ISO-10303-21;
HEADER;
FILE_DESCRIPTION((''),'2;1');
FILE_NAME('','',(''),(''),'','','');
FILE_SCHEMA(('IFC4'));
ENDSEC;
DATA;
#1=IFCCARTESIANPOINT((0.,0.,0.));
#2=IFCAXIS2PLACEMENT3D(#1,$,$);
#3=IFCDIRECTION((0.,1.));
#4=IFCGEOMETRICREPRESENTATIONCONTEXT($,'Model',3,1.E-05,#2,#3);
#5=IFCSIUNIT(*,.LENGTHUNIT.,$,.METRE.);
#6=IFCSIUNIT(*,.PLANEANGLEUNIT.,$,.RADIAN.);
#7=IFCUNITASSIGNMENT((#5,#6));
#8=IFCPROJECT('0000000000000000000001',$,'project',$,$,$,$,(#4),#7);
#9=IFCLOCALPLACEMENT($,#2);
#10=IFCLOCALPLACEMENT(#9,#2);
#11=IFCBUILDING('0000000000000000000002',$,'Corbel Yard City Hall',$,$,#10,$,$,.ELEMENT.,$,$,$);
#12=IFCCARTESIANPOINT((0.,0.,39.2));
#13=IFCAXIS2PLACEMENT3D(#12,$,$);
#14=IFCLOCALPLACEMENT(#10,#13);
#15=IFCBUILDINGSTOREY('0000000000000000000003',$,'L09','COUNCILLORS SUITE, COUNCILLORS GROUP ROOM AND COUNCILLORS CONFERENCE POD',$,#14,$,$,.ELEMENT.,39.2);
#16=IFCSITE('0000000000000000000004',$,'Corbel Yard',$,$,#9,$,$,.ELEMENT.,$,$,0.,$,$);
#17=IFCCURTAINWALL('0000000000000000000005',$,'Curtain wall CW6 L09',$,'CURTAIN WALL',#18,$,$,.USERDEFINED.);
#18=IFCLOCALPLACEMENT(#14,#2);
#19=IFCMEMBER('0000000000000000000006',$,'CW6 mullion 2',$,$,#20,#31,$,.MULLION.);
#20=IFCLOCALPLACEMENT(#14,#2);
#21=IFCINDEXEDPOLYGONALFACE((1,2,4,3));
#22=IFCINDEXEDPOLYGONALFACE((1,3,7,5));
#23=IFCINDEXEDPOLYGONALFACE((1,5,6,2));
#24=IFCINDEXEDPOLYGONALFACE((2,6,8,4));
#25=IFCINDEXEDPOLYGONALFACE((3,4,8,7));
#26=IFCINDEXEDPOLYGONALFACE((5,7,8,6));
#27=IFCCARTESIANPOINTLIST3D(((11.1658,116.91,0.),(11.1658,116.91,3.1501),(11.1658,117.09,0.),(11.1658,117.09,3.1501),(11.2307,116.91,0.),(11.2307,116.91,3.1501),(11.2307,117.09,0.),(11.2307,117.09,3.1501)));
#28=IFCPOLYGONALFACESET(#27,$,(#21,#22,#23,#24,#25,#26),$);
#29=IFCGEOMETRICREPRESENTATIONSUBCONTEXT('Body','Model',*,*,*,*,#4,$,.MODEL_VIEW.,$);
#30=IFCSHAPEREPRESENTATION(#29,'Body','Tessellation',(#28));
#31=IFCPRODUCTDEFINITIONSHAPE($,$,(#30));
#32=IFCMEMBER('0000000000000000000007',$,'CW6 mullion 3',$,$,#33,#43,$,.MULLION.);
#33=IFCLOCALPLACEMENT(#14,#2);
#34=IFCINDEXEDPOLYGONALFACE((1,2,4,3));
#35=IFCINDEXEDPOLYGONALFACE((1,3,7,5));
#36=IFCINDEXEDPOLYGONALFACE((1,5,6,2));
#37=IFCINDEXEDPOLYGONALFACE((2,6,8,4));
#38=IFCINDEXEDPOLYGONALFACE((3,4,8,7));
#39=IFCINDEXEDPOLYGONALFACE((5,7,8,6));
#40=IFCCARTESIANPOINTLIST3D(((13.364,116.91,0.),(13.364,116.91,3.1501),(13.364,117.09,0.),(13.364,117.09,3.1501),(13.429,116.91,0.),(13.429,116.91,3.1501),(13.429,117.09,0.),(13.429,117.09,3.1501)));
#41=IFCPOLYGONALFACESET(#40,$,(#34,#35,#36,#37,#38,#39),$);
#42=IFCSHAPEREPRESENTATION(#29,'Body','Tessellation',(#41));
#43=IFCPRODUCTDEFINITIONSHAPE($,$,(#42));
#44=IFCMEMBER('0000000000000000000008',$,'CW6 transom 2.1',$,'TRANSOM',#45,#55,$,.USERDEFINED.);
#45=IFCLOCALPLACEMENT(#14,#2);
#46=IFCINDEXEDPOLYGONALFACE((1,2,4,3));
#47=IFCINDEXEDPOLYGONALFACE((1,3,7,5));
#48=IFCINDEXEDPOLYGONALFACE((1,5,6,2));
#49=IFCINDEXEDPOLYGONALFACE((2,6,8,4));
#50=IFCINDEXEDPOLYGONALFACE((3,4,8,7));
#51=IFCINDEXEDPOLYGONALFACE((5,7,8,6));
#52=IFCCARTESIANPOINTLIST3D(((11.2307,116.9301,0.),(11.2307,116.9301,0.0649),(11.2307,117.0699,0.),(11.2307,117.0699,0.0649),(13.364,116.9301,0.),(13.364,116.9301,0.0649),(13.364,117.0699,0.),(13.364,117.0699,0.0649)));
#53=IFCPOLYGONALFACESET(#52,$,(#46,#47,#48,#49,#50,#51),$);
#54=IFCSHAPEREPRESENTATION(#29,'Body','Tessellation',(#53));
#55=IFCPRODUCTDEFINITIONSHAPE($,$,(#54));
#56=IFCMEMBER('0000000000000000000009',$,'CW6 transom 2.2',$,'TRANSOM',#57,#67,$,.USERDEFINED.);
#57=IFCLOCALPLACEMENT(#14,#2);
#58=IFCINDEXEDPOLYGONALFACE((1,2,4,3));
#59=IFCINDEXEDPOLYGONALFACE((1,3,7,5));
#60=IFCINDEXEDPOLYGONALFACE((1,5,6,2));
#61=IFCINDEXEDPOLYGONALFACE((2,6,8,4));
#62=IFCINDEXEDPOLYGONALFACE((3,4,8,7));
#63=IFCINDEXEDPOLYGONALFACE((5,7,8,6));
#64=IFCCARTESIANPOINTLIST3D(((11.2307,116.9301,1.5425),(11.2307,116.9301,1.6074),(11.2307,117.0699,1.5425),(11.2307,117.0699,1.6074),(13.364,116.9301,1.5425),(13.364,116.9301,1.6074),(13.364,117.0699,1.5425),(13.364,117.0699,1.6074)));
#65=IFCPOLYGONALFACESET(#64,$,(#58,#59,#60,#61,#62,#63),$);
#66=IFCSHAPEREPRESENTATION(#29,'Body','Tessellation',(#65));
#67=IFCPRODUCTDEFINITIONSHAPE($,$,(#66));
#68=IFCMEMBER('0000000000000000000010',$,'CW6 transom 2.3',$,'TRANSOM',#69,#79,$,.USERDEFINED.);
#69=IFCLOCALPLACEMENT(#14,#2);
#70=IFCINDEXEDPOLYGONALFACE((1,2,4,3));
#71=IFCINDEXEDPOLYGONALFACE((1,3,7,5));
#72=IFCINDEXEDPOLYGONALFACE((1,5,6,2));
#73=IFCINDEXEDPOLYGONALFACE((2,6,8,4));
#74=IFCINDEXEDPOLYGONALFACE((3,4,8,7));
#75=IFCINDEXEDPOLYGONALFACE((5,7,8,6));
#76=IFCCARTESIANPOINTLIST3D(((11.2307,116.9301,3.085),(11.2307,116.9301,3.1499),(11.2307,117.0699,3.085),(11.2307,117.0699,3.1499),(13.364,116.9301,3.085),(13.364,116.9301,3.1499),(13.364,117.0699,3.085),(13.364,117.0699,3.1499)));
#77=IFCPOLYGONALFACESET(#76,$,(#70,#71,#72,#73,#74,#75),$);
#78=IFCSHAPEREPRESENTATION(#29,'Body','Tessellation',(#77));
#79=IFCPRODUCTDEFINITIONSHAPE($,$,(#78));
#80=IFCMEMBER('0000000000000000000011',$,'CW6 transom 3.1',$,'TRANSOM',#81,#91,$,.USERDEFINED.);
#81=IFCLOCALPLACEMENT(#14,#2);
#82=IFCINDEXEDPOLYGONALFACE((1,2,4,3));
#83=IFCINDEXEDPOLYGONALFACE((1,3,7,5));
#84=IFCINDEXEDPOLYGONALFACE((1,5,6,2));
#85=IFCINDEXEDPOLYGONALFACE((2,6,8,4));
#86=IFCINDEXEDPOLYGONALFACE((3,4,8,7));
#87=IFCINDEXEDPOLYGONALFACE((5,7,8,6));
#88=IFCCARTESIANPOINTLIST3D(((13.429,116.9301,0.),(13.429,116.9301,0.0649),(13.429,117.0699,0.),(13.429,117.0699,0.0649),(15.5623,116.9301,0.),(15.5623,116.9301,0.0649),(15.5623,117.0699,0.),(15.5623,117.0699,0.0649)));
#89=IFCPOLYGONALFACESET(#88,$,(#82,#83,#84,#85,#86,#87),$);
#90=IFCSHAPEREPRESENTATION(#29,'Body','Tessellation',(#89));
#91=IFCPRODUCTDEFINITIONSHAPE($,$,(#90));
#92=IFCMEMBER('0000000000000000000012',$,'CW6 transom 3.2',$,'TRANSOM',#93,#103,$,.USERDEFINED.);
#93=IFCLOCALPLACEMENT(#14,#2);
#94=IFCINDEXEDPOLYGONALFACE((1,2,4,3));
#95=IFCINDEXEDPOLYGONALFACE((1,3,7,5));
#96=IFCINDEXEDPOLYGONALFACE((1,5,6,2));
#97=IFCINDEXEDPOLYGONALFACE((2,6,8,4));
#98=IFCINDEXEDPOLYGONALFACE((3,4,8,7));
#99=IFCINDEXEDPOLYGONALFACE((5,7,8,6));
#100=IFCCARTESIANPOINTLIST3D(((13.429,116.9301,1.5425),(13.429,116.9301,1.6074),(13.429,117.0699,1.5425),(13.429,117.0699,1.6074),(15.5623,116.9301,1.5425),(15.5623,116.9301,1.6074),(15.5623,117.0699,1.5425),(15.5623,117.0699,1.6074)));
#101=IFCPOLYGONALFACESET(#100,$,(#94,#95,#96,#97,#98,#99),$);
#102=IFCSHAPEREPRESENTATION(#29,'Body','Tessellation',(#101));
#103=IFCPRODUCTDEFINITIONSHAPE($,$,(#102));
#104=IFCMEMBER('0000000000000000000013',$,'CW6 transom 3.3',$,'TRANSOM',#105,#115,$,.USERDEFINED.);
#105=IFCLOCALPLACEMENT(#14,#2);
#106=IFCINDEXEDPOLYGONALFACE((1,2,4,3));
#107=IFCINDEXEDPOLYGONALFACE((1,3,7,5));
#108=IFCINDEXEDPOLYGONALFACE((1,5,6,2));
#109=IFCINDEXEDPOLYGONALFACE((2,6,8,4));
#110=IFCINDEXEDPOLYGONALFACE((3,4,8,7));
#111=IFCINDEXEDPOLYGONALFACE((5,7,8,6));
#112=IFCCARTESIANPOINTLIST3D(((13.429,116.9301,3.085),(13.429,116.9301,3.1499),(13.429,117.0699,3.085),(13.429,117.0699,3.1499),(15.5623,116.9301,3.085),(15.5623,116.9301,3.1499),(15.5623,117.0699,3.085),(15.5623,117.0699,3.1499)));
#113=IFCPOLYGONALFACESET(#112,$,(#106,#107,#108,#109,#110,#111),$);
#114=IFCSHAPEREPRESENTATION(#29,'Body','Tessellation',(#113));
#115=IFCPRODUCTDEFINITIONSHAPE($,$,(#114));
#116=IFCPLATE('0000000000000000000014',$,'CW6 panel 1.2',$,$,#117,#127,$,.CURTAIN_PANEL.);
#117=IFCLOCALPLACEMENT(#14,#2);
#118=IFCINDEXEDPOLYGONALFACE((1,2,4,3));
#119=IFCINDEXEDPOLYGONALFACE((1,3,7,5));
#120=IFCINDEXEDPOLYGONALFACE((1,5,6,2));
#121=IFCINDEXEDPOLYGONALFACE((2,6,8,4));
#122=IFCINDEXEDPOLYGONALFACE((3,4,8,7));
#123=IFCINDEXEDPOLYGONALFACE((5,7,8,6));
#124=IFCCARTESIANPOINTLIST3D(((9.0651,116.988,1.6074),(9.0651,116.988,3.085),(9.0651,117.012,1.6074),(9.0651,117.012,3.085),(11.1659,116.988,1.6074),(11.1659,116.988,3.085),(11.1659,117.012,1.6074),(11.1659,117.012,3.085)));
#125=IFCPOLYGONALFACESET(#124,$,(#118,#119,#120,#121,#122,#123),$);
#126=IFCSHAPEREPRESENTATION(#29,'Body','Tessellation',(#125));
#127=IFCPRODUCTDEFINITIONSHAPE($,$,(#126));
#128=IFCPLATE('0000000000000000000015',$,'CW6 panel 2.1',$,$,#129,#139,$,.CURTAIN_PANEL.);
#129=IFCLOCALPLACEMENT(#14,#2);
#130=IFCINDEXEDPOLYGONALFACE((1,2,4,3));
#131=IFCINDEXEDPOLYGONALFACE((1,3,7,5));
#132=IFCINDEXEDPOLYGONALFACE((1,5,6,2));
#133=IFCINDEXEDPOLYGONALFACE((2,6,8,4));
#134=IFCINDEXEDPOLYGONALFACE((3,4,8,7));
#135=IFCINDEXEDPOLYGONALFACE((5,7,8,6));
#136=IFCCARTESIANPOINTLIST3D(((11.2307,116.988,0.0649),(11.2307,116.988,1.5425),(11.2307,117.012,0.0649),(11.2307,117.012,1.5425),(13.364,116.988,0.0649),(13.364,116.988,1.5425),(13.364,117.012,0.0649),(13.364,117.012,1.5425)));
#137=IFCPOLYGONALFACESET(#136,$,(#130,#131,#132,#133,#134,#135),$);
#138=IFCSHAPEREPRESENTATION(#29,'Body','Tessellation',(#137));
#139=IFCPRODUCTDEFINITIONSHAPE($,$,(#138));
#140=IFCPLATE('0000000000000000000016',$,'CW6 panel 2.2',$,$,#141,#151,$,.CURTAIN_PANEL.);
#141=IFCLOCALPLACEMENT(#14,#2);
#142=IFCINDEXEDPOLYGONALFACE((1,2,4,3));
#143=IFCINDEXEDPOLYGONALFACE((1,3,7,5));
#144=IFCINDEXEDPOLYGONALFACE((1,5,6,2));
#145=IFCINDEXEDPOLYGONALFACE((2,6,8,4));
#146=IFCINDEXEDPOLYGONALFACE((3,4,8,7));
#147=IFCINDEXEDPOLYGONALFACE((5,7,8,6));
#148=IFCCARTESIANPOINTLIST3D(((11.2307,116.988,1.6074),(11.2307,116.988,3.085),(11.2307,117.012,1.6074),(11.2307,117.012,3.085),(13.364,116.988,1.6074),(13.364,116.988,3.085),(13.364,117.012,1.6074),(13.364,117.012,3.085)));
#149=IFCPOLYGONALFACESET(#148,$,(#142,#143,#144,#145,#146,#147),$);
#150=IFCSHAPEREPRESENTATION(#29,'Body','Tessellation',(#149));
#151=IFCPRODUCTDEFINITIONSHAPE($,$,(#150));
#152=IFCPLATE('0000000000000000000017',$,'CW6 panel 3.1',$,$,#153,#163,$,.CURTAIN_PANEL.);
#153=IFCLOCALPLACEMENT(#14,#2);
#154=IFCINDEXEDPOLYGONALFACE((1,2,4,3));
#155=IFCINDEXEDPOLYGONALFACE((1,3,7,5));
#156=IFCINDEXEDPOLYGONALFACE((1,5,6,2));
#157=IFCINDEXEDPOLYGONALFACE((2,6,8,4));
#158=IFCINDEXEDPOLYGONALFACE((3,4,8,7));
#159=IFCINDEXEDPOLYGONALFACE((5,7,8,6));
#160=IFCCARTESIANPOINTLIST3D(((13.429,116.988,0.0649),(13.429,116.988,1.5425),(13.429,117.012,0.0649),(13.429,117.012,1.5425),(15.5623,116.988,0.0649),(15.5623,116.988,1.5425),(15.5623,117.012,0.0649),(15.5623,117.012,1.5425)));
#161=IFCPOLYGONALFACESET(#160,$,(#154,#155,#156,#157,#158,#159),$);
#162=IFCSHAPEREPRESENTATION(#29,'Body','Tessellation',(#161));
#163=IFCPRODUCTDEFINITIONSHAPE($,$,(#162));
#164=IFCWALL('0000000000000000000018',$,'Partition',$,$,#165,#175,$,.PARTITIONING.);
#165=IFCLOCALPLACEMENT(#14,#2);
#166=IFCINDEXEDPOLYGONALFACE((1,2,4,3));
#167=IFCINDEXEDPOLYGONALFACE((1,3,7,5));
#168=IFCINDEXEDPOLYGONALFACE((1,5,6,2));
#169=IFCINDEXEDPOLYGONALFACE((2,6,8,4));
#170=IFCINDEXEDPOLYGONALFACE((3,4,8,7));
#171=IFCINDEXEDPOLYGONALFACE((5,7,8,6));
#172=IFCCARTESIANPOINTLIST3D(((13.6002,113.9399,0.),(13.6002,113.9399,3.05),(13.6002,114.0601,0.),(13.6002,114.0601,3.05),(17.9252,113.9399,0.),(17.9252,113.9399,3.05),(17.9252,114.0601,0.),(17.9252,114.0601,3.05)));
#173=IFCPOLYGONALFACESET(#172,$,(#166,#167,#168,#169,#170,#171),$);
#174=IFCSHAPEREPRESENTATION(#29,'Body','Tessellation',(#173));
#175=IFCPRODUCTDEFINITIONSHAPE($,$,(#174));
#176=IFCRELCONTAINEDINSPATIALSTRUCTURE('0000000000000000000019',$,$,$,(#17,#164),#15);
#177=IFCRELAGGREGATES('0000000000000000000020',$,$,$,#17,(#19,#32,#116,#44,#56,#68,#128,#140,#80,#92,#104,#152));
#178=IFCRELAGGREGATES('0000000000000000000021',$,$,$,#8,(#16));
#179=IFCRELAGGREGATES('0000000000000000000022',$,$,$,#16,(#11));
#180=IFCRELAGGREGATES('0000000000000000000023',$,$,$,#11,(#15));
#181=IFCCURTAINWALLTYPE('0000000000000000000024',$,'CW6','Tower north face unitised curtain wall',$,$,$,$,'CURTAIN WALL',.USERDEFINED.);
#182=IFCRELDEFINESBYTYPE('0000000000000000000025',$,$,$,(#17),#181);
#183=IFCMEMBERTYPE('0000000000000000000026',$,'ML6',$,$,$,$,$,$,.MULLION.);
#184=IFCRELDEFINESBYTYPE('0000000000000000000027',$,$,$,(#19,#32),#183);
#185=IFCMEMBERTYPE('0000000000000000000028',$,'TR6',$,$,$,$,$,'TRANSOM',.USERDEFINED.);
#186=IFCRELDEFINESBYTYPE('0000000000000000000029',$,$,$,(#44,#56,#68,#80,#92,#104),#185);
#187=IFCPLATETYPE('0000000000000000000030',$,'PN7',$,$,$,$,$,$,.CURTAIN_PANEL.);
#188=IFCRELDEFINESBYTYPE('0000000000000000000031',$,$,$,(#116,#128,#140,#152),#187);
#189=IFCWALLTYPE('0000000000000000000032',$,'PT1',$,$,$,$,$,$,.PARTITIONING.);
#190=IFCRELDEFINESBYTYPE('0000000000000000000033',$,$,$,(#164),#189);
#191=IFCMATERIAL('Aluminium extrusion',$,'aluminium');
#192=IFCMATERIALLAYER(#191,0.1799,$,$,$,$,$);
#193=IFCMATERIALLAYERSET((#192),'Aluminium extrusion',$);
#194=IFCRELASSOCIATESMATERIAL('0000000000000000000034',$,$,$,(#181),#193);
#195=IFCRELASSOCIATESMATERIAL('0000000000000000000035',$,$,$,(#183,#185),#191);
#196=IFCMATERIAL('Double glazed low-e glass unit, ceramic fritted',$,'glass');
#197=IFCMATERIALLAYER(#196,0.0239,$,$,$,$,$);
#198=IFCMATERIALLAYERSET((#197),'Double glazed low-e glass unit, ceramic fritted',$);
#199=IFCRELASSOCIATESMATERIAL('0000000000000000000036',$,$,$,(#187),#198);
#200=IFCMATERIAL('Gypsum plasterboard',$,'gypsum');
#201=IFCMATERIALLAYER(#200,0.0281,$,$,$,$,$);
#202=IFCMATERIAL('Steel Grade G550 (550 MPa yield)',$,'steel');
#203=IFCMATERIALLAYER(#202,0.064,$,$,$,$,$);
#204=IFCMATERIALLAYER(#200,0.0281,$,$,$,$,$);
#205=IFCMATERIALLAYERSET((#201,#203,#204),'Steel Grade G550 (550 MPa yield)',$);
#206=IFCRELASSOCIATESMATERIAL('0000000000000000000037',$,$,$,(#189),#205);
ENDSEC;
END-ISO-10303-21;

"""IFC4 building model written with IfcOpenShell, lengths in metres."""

from ifc_helpers import new_model, si_unit, direction, frame, frame_2d, origin, origin_2d, place, context, subcontext, project, spatial, rectangle, extrude, material, layer, layer_set, material_profile, profile_set, type_object, element, aggregate, save


model = new_model("IFC4")

# Units and contexts
model_context = context("Model", 3, precision=1e-05, world=origin(), true_north=direction((0.0, 1.0)))
body_context = subcontext(model_context, "Body", "Model", "MODEL_VIEW")
ifc_project = project(units=[si_unit("LENGTHUNIT", "METRE"), si_unit("PLANEANGLEUNIT", "RADIAN")], contexts=[model_context])

# Site, building, storey
site_placement = place(None, origin())
site = spatial("IfcSite", under=ifc_project, at=site_placement, Name="Corbel Yard", CompositionType="ELEMENT", RefElevation=0.0)
building_placement = place(site_placement, origin())
building = spatial("IfcBuilding", under=site, at=building_placement, Name="Corbel Yard City Hall", CompositionType="ELEMENT")
storey_placement = place(building_placement, frame((0.0, 0.0, 39.2)))
storey = spatial("IfcBuildingStorey", under=building, at=storey_placement, Name="L09", Description="COUNCILLORS SUITE, COUNCILLORS GROUP ROOM AND COUNCILLORS CONFERENCE POD", CompositionType="ELEMENT", Elevation=39.2)

# Curtain wall, members, plates
ifc_material_1 = material(Name="Aluminium extrusion", Category="aluminium")
ifc_layer_1 = layer(ifc_material_1, 0.1799)
ifc_layer_set_1 = layer_set([ifc_layer_1], Name="Aluminium extrusion")
curtain_wall_type = type_object("IfcCurtainWallType", Name="CW6", Description="Tower north face unitised curtain wall", ElementType="CURTAIN WALL", PredefinedType="USERDEFINED", material=ifc_layer_set_1)
curtain_wall_placement = place(storey_placement, origin())
curtain_wall = element("IfcCurtainWall", 1, at=curtain_wall_placement, inside=storey, type_object=curtain_wall_type, Name="Curtain wall CW6 L09", ObjectType="CURTAIN WALL", PredefinedType="USERDEFINED")
ifc_material_profile_1 = material_profile(ifc_material_1, rectangle(XDim=0.1799, YDim=0.0649, at=origin_2d()), Name="180x65")
ifc_profile_set_1 = profile_set([ifc_material_profile_1], Name="Aluminium extrusion")
member_type_1 = type_object("IfcMemberType", Name="ML6", PredefinedType="MULLION", material=ifc_profile_set_1)
member_1_placement = place(storey_placement, frame((11.1982, 117.0, 0.0), z_axis=(0.0, 0.0, 1.0), x_axis=(0.0, 1.0, 0.0)))
member_1 = element("IfcMember", 2, at=member_1_placement, type_object=member_type_1, Name="CW6 mullion 2", PredefinedType="MULLION", context=body_context, shape_type="SweptSolid", body=[
    extrude(rectangle(XDim=0.1799, YDim=0.0649, at=origin_2d()), origin(), (0.0, 0.0, 1.0), 3.1501),
])
member_2_placement = place(storey_placement, frame((13.3965, 117.0, 0.0), z_axis=(0.0, 0.0, 1.0), x_axis=(0.0, 1.0, 0.0)))
member_2 = element("IfcMember", 3, at=member_2_placement, type_object=member_type_1, Name="CW6 mullion 3", PredefinedType="MULLION", context=body_context, shape_type="SweptSolid", body=[
    extrude(rectangle(XDim=0.1799, YDim=0.0649, at=origin_2d()), origin(), (0.0, 0.0, 1.0), 3.1501),
])
ifc_material_profile_2 = material_profile(ifc_material_1, rectangle(XDim=0.1399, YDim=0.0649, at=origin_2d()), Name="140x65")
ifc_profile_set_2 = profile_set([ifc_material_profile_2], Name="Aluminium extrusion")
member_type_2 = type_object("IfcMemberType", Name="TR6", ElementType="TRANSOM", PredefinedType="USERDEFINED", material=ifc_profile_set_2)
member_3_placement = place(storey_placement, frame((11.2307, 117.0, 0.0325), z_axis=(1.0, 0.0, 0.0), x_axis=(0.0, 1.0, 0.0)))
member_3 = element("IfcMember", 4, at=member_3_placement, type_object=member_type_2, Name="CW6 transom 2.1", ObjectType="TRANSOM", PredefinedType="USERDEFINED", context=body_context, shape_type="SweptSolid", body=[
    extrude(rectangle(XDim=0.1399, YDim=0.0649, at=origin_2d()), origin(), (0.0, 0.0, 1.0), 2.1333),
])
member_4_placement = place(storey_placement, frame((11.2307, 117.0, 1.575), z_axis=(1.0, 0.0, 0.0), x_axis=(0.0, 1.0, 0.0)))
member_4 = element("IfcMember", 5, at=member_4_placement, type_object=member_type_2, Name="CW6 transom 2.2", ObjectType="TRANSOM", PredefinedType="USERDEFINED", context=body_context, shape_type="SweptSolid", body=[
    extrude(rectangle(XDim=0.1399, YDim=0.0649, at=origin_2d()), origin(), (0.0, 0.0, 1.0), 2.1333),
])
member_5_placement = place(storey_placement, frame((11.2307, 117.0, 3.1174), z_axis=(1.0, 0.0, 0.0), x_axis=(0.0, 1.0, 0.0)))
member_5 = element("IfcMember", 6, at=member_5_placement, type_object=member_type_2, Name="CW6 transom 2.3", ObjectType="TRANSOM", PredefinedType="USERDEFINED", context=body_context, shape_type="SweptSolid", body=[
    extrude(rectangle(XDim=0.1399, YDim=0.0649, at=origin_2d()), origin(), (0.0, 0.0, 1.0), 2.1333),
])
member_6_placement = place(storey_placement, frame((13.429, 117.0, 0.0325), z_axis=(1.0, 0.0, 0.0), x_axis=(0.0, 1.0, 0.0)))
member_6 = element("IfcMember", 7, at=member_6_placement, type_object=member_type_2, Name="CW6 transom 3.1", ObjectType="TRANSOM", PredefinedType="USERDEFINED", context=body_context, shape_type="SweptSolid", body=[
    extrude(rectangle(XDim=0.1399, YDim=0.0649, at=origin_2d()), origin(), (0.0, 0.0, 1.0), 2.1333),
])
member_7_placement = place(storey_placement, frame((13.429, 117.0, 1.575), z_axis=(1.0, 0.0, 0.0), x_axis=(0.0, 1.0, 0.0)))
member_7 = element("IfcMember", 8, at=member_7_placement, type_object=member_type_2, Name="CW6 transom 3.2", ObjectType="TRANSOM", PredefinedType="USERDEFINED", context=body_context, shape_type="SweptSolid", body=[
    extrude(rectangle(XDim=0.1399, YDim=0.0649, at=origin_2d()), origin(), (0.0, 0.0, 1.0), 2.1333),
])
member_8_placement = place(storey_placement, frame((13.429, 117.0, 3.1174), z_axis=(1.0, 0.0, 0.0), x_axis=(0.0, 1.0, 0.0)))
member_8 = element("IfcMember", 9, at=member_8_placement, type_object=member_type_2, Name="CW6 transom 3.3", ObjectType="TRANSOM", PredefinedType="USERDEFINED", context=body_context, shape_type="SweptSolid", body=[
    extrude(rectangle(XDim=0.1399, YDim=0.0649, at=origin_2d()), origin(), (0.0, 0.0, 1.0), 2.1333),
])
ifc_material_2 = material(Name="Double glazed low-e glass unit, ceramic fritted", Category="glass")
ifc_layer_2 = layer(ifc_material_2, 0.0239)
ifc_layer_set_2 = layer_set([ifc_layer_2], Name="Double glazed low-e glass unit, ceramic fritted")
plate_type = type_object("IfcPlateType", Name="PN7", PredefinedType="CURTAIN_PANEL", material=ifc_layer_set_2)
plate_1_placement = place(storey_placement, frame((10.1155, 117.0, 1.6074), z_axis=(0.0, 0.0, 1.0), x_axis=(1.0, 0.0, 0.0)))
plate_1 = element("IfcPlate", 10, at=plate_1_placement, type_object=plate_type, Name="CW6 panel 1.2", PredefinedType="CURTAIN_PANEL", context=body_context, shape_type="SweptSolid", body=[
    extrude(rectangle(XDim=2.1008, YDim=0.0239, at=origin_2d()), origin(), (0.0, 0.0, 1.0), 1.4775),
])
plate_2_placement = place(storey_placement, frame((12.2974, 117.0, 0.0649), z_axis=(0.0, 0.0, 1.0), x_axis=(1.0, 0.0, 0.0)))
plate_2 = element("IfcPlate", 11, at=plate_2_placement, type_object=plate_type, Name="CW6 panel 2.1", PredefinedType="CURTAIN_PANEL", context=body_context, shape_type="SweptSolid", body=[
    extrude(rectangle(XDim=2.1333, YDim=0.0239, at=origin_2d()), origin(), (0.0, 0.0, 1.0), 1.4775),
])
plate_3_placement = place(storey_placement, frame((12.2974, 117.0, 1.6074), z_axis=(0.0, 0.0, 1.0), x_axis=(1.0, 0.0, 0.0)))
plate_3 = element("IfcPlate", 12, at=plate_3_placement, type_object=plate_type, Name="CW6 panel 2.2", PredefinedType="CURTAIN_PANEL", context=body_context, shape_type="SweptSolid", body=[
    extrude(rectangle(XDim=2.1333, YDim=0.0239, at=origin_2d()), origin(), (0.0, 0.0, 1.0), 1.4775),
])
plate_4_placement = place(storey_placement, frame((14.4956, 117.0, 0.0649), z_axis=(0.0, 0.0, 1.0), x_axis=(1.0, 0.0, 0.0)))
plate_4 = element("IfcPlate", 13, at=plate_4_placement, type_object=plate_type, Name="CW6 panel 3.1", PredefinedType="CURTAIN_PANEL", context=body_context, shape_type="SweptSolid", body=[
    extrude(rectangle(XDim=2.1333, YDim=0.0239, at=origin_2d()), origin(), (0.0, 0.0, 1.0), 1.4775),
])
aggregate(curtain_wall, [member_1, member_2, plate_1, member_3, member_4, member_5, plate_2, plate_3, member_6, member_7, member_8, plate_4])

# Wall
ifc_material_3 = material(Name="Gypsum plasterboard", Category="gypsum")
ifc_layer_3 = layer(ifc_material_3, 0.0281)
ifc_material_4 = material(Name="Steel Grade G550 (550 MPa yield)", Category="steel")
ifc_layer_4 = layer(ifc_material_4, 0.064)
ifc_layer_5 = layer(ifc_material_3, 0.0281)
ifc_layer_set_3 = layer_set([ifc_layer_3, ifc_layer_4, ifc_layer_5], Name="Steel Grade G550 (550 MPa yield)")
wall_type_1 = type_object("IfcWallType", Name="PT1", PredefinedType="PARTITIONING", material=ifc_layer_set_3)
wall_1_placement = place(storey_placement, frame((13.6001, 114.0, 0.0), z_axis=(0.0, 0.0, 1.0), x_axis=(1.0, 0.0, 0.0)))
element("IfcWall", 14, at=wall_1_placement, inside=storey, type_object=wall_type_1, Name="Partition", PredefinedType="PARTITIONING", context=body_context, shape_type="SweptSolid", body=[
    extrude(rectangle(XDim=4.325, YDim=0.1201, at=frame_2d((2.1626, 0.0))), origin(), (0.0, 0.0, 1.0), 3.05),
])

save(model, "model.ifc")
